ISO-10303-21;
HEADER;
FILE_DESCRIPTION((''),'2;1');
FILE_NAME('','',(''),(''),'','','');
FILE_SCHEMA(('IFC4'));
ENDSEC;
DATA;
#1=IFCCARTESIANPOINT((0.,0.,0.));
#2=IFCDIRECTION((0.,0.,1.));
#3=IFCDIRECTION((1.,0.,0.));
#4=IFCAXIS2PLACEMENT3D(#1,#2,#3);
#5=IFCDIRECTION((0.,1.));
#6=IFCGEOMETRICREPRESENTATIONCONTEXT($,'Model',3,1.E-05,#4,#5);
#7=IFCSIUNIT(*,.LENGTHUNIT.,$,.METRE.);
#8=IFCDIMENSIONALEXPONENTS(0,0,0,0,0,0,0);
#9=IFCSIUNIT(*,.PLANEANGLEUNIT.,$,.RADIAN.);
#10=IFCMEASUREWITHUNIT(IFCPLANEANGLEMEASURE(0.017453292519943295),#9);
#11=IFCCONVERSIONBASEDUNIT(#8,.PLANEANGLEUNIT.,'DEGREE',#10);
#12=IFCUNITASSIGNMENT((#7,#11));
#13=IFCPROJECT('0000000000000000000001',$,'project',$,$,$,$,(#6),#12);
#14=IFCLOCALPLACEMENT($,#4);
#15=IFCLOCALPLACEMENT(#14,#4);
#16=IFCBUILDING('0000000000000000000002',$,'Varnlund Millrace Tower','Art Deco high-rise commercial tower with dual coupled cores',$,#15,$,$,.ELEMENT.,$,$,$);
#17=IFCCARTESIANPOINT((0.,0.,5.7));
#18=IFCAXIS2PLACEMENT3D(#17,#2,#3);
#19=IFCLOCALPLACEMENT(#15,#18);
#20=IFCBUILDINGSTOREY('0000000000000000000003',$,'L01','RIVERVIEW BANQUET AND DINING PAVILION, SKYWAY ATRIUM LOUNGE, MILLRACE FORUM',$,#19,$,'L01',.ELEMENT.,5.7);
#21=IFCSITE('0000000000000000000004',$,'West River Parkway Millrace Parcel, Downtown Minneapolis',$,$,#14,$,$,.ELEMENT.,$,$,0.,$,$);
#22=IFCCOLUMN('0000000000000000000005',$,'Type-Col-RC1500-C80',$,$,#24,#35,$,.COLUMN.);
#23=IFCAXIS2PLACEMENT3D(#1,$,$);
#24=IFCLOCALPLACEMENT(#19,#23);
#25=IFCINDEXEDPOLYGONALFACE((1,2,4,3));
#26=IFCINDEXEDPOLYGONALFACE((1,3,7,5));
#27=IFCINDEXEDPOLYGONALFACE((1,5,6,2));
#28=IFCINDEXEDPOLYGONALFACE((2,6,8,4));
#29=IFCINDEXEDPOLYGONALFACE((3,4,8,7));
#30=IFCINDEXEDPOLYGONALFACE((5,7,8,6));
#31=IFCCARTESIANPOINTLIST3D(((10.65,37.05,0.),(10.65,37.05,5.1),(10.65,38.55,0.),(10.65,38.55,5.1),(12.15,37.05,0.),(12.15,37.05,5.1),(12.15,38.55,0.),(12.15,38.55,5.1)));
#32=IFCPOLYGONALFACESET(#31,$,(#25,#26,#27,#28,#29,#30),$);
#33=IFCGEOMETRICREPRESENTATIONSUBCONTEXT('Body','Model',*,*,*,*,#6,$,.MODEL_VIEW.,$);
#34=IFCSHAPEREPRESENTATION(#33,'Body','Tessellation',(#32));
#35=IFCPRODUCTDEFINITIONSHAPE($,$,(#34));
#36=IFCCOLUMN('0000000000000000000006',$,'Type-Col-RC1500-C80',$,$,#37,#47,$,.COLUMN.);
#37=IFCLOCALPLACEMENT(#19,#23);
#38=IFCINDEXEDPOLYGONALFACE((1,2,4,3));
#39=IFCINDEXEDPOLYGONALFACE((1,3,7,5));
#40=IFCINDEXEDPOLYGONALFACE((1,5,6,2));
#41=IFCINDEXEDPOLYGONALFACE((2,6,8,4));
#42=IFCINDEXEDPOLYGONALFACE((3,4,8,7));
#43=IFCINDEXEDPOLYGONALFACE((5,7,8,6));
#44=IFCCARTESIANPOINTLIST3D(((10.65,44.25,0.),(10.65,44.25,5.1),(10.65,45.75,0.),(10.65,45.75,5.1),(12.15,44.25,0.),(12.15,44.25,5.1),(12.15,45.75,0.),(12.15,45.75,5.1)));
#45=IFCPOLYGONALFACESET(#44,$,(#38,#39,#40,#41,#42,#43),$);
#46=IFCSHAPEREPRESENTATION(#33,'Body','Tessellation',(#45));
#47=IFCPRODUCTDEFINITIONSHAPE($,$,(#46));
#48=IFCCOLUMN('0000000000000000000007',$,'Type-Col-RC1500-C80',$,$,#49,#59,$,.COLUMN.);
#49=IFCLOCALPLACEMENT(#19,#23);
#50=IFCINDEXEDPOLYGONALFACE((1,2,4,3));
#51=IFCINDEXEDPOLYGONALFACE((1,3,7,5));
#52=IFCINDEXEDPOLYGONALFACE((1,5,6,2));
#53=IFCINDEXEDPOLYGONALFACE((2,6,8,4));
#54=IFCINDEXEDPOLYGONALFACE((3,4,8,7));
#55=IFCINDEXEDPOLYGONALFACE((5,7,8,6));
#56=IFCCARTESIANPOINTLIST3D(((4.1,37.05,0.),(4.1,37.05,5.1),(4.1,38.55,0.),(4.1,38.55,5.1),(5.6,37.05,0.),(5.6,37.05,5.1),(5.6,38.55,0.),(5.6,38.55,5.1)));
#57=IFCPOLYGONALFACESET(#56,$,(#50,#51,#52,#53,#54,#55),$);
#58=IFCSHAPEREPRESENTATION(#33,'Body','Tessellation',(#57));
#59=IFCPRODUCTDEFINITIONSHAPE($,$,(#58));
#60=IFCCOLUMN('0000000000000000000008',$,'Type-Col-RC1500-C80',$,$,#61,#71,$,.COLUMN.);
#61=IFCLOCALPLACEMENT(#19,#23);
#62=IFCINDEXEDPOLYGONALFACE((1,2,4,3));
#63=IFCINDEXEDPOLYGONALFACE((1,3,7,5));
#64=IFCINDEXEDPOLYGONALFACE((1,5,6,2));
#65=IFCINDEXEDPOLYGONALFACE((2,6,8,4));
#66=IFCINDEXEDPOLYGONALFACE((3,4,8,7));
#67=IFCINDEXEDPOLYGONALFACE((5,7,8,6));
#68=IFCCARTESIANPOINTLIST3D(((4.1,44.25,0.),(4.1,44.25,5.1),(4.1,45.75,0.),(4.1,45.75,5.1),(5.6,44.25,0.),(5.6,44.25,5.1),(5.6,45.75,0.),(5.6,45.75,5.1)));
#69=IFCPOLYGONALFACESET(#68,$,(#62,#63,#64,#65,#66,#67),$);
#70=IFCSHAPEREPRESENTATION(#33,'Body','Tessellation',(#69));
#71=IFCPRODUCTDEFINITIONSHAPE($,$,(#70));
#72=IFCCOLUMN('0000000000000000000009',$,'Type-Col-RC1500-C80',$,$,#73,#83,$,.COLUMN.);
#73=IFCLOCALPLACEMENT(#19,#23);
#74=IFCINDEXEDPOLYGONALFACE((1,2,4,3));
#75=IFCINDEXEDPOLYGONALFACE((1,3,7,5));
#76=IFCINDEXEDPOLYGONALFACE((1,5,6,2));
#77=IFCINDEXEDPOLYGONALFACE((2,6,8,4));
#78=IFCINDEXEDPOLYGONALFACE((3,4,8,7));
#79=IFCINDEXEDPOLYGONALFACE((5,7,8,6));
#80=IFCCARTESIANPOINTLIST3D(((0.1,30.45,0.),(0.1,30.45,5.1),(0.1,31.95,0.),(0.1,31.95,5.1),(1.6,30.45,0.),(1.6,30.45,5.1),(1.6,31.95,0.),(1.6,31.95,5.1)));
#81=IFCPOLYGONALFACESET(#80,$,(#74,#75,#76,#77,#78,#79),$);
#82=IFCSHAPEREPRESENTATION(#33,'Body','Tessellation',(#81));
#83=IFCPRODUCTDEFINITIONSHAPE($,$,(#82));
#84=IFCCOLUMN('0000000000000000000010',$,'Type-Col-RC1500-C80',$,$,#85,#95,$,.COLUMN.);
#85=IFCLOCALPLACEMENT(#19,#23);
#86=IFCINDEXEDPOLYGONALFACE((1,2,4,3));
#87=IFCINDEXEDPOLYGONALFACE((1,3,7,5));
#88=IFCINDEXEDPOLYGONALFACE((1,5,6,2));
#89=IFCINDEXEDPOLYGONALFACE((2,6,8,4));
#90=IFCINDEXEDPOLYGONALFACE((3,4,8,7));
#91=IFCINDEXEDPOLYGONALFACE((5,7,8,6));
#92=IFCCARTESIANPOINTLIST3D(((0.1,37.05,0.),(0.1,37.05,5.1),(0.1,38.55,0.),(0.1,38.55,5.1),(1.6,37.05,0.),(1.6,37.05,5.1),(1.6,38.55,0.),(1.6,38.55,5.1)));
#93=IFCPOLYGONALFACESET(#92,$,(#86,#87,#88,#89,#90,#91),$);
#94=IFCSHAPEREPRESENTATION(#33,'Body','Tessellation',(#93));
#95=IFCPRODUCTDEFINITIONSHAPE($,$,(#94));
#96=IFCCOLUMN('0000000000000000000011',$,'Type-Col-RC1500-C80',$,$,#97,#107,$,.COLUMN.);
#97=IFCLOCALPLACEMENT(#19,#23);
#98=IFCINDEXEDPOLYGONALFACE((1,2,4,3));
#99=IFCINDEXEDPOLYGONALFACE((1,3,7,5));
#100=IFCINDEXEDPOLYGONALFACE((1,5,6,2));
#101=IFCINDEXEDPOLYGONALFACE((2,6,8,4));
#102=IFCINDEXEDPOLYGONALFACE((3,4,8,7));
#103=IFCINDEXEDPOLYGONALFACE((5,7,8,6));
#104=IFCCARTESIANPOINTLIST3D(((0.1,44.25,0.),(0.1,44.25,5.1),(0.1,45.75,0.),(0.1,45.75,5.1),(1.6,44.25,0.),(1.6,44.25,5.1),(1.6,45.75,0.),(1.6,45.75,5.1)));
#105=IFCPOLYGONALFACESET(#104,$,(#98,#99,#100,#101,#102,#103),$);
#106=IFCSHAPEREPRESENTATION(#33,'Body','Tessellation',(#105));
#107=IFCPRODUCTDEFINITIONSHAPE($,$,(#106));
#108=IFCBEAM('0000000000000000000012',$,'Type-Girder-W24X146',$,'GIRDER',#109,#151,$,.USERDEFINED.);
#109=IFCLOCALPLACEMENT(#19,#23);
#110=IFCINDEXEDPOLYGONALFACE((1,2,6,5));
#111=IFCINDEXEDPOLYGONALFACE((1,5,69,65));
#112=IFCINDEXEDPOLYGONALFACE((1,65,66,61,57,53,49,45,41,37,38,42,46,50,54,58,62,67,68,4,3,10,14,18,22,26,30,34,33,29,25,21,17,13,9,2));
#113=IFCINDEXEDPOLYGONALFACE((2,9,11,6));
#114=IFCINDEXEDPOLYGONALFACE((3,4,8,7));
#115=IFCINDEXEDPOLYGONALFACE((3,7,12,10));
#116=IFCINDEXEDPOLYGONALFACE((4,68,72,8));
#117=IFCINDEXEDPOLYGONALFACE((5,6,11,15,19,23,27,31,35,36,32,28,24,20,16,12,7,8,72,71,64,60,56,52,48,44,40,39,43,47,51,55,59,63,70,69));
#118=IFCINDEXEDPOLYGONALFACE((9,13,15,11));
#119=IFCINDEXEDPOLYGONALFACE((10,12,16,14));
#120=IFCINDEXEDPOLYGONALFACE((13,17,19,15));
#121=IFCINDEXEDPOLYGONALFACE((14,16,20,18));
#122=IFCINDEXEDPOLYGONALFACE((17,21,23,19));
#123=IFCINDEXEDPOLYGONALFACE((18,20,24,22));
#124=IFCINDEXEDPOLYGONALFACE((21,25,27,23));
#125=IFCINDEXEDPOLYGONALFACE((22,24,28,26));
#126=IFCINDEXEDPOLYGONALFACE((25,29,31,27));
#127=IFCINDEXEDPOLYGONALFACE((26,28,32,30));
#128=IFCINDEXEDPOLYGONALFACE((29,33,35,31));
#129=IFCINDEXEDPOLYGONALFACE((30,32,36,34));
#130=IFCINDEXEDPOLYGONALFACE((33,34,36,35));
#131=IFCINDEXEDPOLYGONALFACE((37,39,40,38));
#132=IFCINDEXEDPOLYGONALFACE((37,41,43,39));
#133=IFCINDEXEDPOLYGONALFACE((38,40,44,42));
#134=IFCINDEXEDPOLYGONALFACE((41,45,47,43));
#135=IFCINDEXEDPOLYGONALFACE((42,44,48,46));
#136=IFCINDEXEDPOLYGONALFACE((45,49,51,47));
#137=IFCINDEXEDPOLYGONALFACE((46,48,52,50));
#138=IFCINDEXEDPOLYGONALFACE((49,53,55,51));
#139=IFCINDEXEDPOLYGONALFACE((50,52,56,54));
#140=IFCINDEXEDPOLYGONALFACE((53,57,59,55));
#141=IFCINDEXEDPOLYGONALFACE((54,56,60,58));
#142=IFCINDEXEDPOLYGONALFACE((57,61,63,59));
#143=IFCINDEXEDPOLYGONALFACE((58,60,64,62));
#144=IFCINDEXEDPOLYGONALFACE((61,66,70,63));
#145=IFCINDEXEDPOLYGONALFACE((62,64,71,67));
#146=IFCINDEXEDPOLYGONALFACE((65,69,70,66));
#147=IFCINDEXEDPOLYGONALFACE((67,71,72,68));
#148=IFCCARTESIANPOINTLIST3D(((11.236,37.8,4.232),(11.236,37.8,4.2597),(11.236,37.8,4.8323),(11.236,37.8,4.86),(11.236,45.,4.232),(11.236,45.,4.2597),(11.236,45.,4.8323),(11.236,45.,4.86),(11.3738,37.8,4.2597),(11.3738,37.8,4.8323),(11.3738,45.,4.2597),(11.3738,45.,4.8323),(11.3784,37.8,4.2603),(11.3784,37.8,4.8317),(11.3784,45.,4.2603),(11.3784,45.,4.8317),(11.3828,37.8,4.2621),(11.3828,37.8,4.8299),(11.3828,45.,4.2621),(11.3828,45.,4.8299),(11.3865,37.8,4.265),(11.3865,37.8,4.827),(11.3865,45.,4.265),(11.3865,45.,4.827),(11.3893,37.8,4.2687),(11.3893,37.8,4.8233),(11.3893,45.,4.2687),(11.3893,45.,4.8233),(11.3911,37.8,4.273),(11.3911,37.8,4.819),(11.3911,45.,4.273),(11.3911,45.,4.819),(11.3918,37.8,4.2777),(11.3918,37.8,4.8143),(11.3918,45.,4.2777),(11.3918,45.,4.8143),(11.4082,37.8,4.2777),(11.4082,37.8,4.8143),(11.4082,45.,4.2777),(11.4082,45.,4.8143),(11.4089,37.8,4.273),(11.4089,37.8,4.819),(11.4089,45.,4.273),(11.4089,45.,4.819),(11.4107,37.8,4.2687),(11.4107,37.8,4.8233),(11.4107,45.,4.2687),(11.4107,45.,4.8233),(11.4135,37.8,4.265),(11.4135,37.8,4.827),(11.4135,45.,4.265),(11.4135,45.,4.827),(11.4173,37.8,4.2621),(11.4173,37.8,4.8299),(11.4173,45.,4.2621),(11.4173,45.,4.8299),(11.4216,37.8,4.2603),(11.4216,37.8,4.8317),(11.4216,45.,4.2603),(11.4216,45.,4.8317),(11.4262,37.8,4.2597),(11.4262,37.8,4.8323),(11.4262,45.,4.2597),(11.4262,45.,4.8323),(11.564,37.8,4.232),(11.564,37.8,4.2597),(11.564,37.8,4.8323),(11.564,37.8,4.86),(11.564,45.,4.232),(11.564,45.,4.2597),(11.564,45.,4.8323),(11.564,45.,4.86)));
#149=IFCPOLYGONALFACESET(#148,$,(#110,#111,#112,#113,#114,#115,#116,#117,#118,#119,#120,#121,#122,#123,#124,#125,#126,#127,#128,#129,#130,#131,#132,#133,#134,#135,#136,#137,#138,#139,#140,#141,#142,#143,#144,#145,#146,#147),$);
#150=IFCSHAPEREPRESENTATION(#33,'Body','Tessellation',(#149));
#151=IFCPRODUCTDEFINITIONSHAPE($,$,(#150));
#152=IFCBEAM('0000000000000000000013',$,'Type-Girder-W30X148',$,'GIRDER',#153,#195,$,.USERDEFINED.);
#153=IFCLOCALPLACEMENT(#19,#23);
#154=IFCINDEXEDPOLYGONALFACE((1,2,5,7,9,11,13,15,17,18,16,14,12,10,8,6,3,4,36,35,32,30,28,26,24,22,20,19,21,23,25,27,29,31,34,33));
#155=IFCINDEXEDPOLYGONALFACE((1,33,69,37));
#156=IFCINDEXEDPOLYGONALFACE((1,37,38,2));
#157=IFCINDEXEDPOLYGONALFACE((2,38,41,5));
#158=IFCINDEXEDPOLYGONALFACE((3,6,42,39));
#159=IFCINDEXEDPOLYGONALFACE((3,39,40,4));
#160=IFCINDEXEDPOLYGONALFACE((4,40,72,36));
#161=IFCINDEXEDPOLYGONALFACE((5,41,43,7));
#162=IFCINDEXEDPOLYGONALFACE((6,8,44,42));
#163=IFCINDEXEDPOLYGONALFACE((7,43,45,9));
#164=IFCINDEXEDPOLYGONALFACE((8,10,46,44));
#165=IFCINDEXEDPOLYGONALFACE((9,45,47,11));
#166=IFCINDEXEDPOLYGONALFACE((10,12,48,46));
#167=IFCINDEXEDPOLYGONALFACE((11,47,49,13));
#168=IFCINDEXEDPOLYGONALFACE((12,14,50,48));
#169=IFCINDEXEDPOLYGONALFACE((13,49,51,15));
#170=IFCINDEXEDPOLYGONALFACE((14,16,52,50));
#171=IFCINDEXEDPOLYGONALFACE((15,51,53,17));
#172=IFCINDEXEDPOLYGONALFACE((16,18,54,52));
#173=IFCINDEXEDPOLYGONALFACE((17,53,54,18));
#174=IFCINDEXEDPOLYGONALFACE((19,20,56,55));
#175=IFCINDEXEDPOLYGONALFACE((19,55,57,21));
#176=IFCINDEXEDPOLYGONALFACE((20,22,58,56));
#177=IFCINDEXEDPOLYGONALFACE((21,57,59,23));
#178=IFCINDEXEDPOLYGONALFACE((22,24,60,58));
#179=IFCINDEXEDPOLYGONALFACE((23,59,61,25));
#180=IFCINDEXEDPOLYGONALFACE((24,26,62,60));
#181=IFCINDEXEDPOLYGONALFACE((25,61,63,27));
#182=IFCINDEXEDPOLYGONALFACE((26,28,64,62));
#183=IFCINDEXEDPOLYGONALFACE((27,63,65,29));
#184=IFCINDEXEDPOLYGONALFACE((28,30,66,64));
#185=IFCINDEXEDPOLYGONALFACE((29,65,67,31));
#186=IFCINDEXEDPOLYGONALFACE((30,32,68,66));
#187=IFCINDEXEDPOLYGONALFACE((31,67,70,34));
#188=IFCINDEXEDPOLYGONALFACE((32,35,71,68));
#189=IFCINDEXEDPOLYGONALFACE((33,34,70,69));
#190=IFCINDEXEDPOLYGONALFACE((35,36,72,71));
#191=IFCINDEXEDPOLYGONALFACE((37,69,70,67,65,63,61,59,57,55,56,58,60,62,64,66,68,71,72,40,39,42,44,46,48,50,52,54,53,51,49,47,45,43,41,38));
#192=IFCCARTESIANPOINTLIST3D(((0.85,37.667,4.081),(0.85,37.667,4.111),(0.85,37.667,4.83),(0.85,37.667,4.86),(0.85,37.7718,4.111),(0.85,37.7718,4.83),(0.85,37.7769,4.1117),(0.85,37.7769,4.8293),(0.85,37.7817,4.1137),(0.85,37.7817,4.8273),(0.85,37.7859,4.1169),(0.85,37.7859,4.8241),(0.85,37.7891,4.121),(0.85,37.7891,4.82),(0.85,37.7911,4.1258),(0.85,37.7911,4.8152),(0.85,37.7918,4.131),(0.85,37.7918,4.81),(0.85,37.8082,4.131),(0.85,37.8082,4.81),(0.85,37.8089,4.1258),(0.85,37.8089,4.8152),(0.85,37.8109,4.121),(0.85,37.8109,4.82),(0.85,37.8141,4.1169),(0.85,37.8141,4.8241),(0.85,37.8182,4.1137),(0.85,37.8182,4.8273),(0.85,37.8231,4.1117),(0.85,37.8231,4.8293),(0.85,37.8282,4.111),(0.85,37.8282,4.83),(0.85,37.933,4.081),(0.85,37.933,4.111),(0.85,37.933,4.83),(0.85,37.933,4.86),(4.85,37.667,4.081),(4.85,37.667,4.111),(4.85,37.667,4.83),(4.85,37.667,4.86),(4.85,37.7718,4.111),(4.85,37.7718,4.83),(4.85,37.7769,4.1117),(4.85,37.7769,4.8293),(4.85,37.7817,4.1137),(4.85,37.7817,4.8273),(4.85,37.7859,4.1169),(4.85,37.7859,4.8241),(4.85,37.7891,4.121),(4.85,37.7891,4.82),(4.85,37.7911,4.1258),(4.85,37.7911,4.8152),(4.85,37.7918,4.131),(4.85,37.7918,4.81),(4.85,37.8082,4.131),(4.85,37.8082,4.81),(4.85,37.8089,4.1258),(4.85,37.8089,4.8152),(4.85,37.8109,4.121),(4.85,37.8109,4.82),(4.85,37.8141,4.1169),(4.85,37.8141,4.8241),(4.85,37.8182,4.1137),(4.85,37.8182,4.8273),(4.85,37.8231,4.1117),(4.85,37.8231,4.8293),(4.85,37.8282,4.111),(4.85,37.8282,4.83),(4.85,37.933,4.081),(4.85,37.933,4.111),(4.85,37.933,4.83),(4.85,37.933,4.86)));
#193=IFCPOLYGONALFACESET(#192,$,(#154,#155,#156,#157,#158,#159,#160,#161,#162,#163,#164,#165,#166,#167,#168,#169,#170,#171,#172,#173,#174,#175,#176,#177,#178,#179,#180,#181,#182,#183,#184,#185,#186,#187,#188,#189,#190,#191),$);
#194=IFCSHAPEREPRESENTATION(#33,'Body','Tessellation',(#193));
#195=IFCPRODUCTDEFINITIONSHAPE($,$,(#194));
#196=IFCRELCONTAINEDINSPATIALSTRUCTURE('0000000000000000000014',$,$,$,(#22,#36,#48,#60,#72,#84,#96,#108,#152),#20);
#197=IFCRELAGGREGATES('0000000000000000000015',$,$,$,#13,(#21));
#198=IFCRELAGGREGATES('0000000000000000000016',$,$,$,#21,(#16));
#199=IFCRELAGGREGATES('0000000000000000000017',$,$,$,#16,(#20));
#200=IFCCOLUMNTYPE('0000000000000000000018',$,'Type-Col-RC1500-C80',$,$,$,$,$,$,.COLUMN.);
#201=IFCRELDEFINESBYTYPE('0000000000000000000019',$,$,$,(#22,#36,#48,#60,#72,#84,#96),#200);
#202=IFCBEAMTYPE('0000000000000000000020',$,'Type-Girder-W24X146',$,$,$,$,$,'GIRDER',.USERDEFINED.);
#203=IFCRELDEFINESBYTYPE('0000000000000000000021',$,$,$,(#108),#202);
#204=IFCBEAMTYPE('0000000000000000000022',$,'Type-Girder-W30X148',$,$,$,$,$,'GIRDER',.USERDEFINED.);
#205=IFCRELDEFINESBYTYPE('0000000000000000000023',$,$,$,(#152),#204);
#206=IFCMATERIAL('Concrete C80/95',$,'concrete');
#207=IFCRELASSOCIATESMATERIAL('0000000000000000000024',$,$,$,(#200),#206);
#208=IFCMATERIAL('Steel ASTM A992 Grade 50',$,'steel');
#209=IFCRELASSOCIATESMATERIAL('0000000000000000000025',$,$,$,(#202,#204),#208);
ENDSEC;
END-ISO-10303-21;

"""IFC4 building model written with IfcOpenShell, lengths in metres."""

from ifc_helpers import new_model, entity, si_unit, converted_unit, direction, frame, origin_with_axes, origin_2d_with_axis, place, context, subcontext, project, spatial, rectangle, i_section, extrude, material, material_profile, profile_set, type_object, element, save


model = new_model("IFC4")

# Units and contexts
model_context = context("Model", 3, precision=1e-05, world=origin_with_axes(), true_north=direction((0.0, 1.0)))
body_context = subcontext(model_context, "Body", "Model", "MODEL_VIEW")
ifc_project = project(units=[si_unit("LENGTHUNIT", "METRE"), converted_unit("PLANEANGLEUNIT", "DEGREE", entity("IfcPlaneAngleMeasure", 0.017453292519943295), si_unit("PLANEANGLEUNIT", "RADIAN"), dimensions=[0, 0, 0, 0, 0, 0, 0])], contexts=[model_context])

# Site, building, storey
site_placement = place(None, origin_with_axes())
site = spatial("IfcSite", under=ifc_project, at=site_placement, Name="West River Parkway Millrace Parcel, Downtown Minneapolis", CompositionType="ELEMENT", RefElevation=0.0)
building_placement = place(site_placement, origin_with_axes())
building = spatial("IfcBuilding", under=site, at=building_placement, Name="Varnlund Millrace Tower", Description="Art Deco high-rise commercial tower with dual coupled cores", CompositionType="ELEMENT")
storey_placement = place(building_placement, frame((0.0, 0.0, 5.7), z_axis=(0.0, 0.0, 1.0), x_axis=(1.0, 0.0, 0.0)))
storey = spatial("IfcBuildingStorey", under=building, at=storey_placement, Name="L01", Description="RIVERVIEW BANQUET AND DINING PAVILION, SKYWAY ATRIUM LOUNGE, MILLRACE FORUM", LongName="L01", CompositionType="ELEMENT", Elevation=5.7)

# Columns
ifc_material_1 = material(Name="Concrete C80/95", Category="concrete")
ifc_material_profile_1 = material_profile(ifc_material_1, rectangle(XDim=1.5, YDim=1.5, at=origin_2d_with_axis()), Name="Concrete C80/95")
ifc_profile_set_1 = profile_set([ifc_material_profile_1], Name="Concrete C80/95")
column_type = type_object("IfcColumnType", Name="Type-Col-RC1500-C80", PredefinedType="COLUMN", material=ifc_profile_set_1)
for number, where, z_axis, x_axis, name in (
    (1, (11.4, 37.8, 0.0), (0.0, 0.0, 1.0), (1.0, 0.0, 0.0), "Type-Col-RC1500-C80"),
    (2, (11.4, 45.0, 0.0), (0.0, 0.0, 1.0), (1.0, 0.0, 0.0), "Type-Col-RC1500-C80"),
    (3, (4.85, 37.8, 0.0), (0.0, 0.0, 1.0), (1.0, 0.0, 0.0), "Type-Col-RC1500-C80"),
    (4, (4.85, 45.0, 0.0), (0.0, 0.0, 1.0), (1.0, 0.0, 0.0), "Type-Col-RC1500-C80"),
    (5, (0.85, 31.2, 0.0), (0.0, 0.0, 1.0), (1.0, 0.0, 0.0), "Type-Col-RC1500-C80"),
    (6, (0.85, 37.8, 0.0), (0.0, 0.0, 1.0), (1.0, 0.0, 0.0), "Type-Col-RC1500-C80"),
    (7, (0.85, 45.0, 0.0), (0.0, 0.0, 1.0), (1.0, 0.0, 0.0), "Type-Col-RC1500-C80"),
):
    element("IfcColumn", number, at=place(storey_placement, frame(where, z_axis=z_axis, x_axis=x_axis)), inside=storey, type_object=column_type, Name=name, PredefinedType="COLUMN", context=body_context, shape_type="SweptSolid", body=[
        extrude(rectangle(XDim=1.5, YDim=1.5, at=origin_2d_with_axis()), origin_with_axes(), (0.0, 0.0, 1.0), 5.1),
    ])

# Beams
ifc_material_2 = material(Name="Steel ASTM A992 Grade 50", Category="steel")
ifc_material_profile_2 = material_profile(ifc_material_2, i_section(OverallWidth=0.328, OverallDepth=0.628, WebThickness=0.0165, FlangeThickness=0.0277, FilletRadius=0.018, at=origin_2d_with_axis()), Name="Steel ASTM A992 Grade 50")
ifc_profile_set_2 = profile_set([ifc_material_profile_2], Name="Steel ASTM A992 Grade 50")
beam_type_1 = type_object("IfcBeamType", Name="Type-Girder-W24X146", ElementType="GIRDER", PredefinedType="USERDEFINED", material=ifc_profile_set_2)
beam_1_placement = place(storey_placement, frame((11.4, 37.8, 4.546), z_axis=(0.0, 1.0, 0.0), x_axis=(-1.0, 0.0, 0.0)))
element("IfcBeam", 8, at=beam_1_placement, inside=storey, type_object=beam_type_1, Name="Type-Girder-W24X146", ObjectType="GIRDER", PredefinedType="USERDEFINED", context=body_context, shape_type="SweptSolid", body=[
    extrude(i_section(OverallWidth=0.328, OverallDepth=0.628, WebThickness=0.0165, FlangeThickness=0.0277, FilletRadius=0.018, at=origin_2d_with_axis()), origin_with_axes(), (0.0, 0.0, 1.0), 7.2),
])
ifc_material_profile_3 = material_profile(ifc_material_2, i_section(OverallWidth=0.266, OverallDepth=0.779, WebThickness=0.0165, FlangeThickness=0.03, FilletRadius=0.02, at=origin_2d_with_axis()), Name="Steel ASTM A992 Grade 50")
ifc_profile_set_3 = profile_set([ifc_material_profile_3], Name="Steel ASTM A992 Grade 50")
beam_type_2 = type_object("IfcBeamType", Name="Type-Girder-W30X148", ElementType="GIRDER", PredefinedType="USERDEFINED", material=ifc_profile_set_3)
beam_2_placement = place(storey_placement, frame((0.85, 37.8, 4.4705), z_axis=(1.0, 0.0, 0.0), x_axis=(0.0, 1.0, 0.0)))
element("IfcBeam", 9, at=beam_2_placement, inside=storey, type_object=beam_type_2, Name="Type-Girder-W30X148", ObjectType="GIRDER", PredefinedType="USERDEFINED", context=body_context, shape_type="SweptSolid", body=[
    extrude(i_section(OverallWidth=0.266, OverallDepth=0.779, WebThickness=0.0165, FlangeThickness=0.03, FilletRadius=0.02, at=origin_2d_with_axis()), origin_with_axes(), (0.0, 0.0, 1.0), 4.0),
])

save(model, "model.ifc")
